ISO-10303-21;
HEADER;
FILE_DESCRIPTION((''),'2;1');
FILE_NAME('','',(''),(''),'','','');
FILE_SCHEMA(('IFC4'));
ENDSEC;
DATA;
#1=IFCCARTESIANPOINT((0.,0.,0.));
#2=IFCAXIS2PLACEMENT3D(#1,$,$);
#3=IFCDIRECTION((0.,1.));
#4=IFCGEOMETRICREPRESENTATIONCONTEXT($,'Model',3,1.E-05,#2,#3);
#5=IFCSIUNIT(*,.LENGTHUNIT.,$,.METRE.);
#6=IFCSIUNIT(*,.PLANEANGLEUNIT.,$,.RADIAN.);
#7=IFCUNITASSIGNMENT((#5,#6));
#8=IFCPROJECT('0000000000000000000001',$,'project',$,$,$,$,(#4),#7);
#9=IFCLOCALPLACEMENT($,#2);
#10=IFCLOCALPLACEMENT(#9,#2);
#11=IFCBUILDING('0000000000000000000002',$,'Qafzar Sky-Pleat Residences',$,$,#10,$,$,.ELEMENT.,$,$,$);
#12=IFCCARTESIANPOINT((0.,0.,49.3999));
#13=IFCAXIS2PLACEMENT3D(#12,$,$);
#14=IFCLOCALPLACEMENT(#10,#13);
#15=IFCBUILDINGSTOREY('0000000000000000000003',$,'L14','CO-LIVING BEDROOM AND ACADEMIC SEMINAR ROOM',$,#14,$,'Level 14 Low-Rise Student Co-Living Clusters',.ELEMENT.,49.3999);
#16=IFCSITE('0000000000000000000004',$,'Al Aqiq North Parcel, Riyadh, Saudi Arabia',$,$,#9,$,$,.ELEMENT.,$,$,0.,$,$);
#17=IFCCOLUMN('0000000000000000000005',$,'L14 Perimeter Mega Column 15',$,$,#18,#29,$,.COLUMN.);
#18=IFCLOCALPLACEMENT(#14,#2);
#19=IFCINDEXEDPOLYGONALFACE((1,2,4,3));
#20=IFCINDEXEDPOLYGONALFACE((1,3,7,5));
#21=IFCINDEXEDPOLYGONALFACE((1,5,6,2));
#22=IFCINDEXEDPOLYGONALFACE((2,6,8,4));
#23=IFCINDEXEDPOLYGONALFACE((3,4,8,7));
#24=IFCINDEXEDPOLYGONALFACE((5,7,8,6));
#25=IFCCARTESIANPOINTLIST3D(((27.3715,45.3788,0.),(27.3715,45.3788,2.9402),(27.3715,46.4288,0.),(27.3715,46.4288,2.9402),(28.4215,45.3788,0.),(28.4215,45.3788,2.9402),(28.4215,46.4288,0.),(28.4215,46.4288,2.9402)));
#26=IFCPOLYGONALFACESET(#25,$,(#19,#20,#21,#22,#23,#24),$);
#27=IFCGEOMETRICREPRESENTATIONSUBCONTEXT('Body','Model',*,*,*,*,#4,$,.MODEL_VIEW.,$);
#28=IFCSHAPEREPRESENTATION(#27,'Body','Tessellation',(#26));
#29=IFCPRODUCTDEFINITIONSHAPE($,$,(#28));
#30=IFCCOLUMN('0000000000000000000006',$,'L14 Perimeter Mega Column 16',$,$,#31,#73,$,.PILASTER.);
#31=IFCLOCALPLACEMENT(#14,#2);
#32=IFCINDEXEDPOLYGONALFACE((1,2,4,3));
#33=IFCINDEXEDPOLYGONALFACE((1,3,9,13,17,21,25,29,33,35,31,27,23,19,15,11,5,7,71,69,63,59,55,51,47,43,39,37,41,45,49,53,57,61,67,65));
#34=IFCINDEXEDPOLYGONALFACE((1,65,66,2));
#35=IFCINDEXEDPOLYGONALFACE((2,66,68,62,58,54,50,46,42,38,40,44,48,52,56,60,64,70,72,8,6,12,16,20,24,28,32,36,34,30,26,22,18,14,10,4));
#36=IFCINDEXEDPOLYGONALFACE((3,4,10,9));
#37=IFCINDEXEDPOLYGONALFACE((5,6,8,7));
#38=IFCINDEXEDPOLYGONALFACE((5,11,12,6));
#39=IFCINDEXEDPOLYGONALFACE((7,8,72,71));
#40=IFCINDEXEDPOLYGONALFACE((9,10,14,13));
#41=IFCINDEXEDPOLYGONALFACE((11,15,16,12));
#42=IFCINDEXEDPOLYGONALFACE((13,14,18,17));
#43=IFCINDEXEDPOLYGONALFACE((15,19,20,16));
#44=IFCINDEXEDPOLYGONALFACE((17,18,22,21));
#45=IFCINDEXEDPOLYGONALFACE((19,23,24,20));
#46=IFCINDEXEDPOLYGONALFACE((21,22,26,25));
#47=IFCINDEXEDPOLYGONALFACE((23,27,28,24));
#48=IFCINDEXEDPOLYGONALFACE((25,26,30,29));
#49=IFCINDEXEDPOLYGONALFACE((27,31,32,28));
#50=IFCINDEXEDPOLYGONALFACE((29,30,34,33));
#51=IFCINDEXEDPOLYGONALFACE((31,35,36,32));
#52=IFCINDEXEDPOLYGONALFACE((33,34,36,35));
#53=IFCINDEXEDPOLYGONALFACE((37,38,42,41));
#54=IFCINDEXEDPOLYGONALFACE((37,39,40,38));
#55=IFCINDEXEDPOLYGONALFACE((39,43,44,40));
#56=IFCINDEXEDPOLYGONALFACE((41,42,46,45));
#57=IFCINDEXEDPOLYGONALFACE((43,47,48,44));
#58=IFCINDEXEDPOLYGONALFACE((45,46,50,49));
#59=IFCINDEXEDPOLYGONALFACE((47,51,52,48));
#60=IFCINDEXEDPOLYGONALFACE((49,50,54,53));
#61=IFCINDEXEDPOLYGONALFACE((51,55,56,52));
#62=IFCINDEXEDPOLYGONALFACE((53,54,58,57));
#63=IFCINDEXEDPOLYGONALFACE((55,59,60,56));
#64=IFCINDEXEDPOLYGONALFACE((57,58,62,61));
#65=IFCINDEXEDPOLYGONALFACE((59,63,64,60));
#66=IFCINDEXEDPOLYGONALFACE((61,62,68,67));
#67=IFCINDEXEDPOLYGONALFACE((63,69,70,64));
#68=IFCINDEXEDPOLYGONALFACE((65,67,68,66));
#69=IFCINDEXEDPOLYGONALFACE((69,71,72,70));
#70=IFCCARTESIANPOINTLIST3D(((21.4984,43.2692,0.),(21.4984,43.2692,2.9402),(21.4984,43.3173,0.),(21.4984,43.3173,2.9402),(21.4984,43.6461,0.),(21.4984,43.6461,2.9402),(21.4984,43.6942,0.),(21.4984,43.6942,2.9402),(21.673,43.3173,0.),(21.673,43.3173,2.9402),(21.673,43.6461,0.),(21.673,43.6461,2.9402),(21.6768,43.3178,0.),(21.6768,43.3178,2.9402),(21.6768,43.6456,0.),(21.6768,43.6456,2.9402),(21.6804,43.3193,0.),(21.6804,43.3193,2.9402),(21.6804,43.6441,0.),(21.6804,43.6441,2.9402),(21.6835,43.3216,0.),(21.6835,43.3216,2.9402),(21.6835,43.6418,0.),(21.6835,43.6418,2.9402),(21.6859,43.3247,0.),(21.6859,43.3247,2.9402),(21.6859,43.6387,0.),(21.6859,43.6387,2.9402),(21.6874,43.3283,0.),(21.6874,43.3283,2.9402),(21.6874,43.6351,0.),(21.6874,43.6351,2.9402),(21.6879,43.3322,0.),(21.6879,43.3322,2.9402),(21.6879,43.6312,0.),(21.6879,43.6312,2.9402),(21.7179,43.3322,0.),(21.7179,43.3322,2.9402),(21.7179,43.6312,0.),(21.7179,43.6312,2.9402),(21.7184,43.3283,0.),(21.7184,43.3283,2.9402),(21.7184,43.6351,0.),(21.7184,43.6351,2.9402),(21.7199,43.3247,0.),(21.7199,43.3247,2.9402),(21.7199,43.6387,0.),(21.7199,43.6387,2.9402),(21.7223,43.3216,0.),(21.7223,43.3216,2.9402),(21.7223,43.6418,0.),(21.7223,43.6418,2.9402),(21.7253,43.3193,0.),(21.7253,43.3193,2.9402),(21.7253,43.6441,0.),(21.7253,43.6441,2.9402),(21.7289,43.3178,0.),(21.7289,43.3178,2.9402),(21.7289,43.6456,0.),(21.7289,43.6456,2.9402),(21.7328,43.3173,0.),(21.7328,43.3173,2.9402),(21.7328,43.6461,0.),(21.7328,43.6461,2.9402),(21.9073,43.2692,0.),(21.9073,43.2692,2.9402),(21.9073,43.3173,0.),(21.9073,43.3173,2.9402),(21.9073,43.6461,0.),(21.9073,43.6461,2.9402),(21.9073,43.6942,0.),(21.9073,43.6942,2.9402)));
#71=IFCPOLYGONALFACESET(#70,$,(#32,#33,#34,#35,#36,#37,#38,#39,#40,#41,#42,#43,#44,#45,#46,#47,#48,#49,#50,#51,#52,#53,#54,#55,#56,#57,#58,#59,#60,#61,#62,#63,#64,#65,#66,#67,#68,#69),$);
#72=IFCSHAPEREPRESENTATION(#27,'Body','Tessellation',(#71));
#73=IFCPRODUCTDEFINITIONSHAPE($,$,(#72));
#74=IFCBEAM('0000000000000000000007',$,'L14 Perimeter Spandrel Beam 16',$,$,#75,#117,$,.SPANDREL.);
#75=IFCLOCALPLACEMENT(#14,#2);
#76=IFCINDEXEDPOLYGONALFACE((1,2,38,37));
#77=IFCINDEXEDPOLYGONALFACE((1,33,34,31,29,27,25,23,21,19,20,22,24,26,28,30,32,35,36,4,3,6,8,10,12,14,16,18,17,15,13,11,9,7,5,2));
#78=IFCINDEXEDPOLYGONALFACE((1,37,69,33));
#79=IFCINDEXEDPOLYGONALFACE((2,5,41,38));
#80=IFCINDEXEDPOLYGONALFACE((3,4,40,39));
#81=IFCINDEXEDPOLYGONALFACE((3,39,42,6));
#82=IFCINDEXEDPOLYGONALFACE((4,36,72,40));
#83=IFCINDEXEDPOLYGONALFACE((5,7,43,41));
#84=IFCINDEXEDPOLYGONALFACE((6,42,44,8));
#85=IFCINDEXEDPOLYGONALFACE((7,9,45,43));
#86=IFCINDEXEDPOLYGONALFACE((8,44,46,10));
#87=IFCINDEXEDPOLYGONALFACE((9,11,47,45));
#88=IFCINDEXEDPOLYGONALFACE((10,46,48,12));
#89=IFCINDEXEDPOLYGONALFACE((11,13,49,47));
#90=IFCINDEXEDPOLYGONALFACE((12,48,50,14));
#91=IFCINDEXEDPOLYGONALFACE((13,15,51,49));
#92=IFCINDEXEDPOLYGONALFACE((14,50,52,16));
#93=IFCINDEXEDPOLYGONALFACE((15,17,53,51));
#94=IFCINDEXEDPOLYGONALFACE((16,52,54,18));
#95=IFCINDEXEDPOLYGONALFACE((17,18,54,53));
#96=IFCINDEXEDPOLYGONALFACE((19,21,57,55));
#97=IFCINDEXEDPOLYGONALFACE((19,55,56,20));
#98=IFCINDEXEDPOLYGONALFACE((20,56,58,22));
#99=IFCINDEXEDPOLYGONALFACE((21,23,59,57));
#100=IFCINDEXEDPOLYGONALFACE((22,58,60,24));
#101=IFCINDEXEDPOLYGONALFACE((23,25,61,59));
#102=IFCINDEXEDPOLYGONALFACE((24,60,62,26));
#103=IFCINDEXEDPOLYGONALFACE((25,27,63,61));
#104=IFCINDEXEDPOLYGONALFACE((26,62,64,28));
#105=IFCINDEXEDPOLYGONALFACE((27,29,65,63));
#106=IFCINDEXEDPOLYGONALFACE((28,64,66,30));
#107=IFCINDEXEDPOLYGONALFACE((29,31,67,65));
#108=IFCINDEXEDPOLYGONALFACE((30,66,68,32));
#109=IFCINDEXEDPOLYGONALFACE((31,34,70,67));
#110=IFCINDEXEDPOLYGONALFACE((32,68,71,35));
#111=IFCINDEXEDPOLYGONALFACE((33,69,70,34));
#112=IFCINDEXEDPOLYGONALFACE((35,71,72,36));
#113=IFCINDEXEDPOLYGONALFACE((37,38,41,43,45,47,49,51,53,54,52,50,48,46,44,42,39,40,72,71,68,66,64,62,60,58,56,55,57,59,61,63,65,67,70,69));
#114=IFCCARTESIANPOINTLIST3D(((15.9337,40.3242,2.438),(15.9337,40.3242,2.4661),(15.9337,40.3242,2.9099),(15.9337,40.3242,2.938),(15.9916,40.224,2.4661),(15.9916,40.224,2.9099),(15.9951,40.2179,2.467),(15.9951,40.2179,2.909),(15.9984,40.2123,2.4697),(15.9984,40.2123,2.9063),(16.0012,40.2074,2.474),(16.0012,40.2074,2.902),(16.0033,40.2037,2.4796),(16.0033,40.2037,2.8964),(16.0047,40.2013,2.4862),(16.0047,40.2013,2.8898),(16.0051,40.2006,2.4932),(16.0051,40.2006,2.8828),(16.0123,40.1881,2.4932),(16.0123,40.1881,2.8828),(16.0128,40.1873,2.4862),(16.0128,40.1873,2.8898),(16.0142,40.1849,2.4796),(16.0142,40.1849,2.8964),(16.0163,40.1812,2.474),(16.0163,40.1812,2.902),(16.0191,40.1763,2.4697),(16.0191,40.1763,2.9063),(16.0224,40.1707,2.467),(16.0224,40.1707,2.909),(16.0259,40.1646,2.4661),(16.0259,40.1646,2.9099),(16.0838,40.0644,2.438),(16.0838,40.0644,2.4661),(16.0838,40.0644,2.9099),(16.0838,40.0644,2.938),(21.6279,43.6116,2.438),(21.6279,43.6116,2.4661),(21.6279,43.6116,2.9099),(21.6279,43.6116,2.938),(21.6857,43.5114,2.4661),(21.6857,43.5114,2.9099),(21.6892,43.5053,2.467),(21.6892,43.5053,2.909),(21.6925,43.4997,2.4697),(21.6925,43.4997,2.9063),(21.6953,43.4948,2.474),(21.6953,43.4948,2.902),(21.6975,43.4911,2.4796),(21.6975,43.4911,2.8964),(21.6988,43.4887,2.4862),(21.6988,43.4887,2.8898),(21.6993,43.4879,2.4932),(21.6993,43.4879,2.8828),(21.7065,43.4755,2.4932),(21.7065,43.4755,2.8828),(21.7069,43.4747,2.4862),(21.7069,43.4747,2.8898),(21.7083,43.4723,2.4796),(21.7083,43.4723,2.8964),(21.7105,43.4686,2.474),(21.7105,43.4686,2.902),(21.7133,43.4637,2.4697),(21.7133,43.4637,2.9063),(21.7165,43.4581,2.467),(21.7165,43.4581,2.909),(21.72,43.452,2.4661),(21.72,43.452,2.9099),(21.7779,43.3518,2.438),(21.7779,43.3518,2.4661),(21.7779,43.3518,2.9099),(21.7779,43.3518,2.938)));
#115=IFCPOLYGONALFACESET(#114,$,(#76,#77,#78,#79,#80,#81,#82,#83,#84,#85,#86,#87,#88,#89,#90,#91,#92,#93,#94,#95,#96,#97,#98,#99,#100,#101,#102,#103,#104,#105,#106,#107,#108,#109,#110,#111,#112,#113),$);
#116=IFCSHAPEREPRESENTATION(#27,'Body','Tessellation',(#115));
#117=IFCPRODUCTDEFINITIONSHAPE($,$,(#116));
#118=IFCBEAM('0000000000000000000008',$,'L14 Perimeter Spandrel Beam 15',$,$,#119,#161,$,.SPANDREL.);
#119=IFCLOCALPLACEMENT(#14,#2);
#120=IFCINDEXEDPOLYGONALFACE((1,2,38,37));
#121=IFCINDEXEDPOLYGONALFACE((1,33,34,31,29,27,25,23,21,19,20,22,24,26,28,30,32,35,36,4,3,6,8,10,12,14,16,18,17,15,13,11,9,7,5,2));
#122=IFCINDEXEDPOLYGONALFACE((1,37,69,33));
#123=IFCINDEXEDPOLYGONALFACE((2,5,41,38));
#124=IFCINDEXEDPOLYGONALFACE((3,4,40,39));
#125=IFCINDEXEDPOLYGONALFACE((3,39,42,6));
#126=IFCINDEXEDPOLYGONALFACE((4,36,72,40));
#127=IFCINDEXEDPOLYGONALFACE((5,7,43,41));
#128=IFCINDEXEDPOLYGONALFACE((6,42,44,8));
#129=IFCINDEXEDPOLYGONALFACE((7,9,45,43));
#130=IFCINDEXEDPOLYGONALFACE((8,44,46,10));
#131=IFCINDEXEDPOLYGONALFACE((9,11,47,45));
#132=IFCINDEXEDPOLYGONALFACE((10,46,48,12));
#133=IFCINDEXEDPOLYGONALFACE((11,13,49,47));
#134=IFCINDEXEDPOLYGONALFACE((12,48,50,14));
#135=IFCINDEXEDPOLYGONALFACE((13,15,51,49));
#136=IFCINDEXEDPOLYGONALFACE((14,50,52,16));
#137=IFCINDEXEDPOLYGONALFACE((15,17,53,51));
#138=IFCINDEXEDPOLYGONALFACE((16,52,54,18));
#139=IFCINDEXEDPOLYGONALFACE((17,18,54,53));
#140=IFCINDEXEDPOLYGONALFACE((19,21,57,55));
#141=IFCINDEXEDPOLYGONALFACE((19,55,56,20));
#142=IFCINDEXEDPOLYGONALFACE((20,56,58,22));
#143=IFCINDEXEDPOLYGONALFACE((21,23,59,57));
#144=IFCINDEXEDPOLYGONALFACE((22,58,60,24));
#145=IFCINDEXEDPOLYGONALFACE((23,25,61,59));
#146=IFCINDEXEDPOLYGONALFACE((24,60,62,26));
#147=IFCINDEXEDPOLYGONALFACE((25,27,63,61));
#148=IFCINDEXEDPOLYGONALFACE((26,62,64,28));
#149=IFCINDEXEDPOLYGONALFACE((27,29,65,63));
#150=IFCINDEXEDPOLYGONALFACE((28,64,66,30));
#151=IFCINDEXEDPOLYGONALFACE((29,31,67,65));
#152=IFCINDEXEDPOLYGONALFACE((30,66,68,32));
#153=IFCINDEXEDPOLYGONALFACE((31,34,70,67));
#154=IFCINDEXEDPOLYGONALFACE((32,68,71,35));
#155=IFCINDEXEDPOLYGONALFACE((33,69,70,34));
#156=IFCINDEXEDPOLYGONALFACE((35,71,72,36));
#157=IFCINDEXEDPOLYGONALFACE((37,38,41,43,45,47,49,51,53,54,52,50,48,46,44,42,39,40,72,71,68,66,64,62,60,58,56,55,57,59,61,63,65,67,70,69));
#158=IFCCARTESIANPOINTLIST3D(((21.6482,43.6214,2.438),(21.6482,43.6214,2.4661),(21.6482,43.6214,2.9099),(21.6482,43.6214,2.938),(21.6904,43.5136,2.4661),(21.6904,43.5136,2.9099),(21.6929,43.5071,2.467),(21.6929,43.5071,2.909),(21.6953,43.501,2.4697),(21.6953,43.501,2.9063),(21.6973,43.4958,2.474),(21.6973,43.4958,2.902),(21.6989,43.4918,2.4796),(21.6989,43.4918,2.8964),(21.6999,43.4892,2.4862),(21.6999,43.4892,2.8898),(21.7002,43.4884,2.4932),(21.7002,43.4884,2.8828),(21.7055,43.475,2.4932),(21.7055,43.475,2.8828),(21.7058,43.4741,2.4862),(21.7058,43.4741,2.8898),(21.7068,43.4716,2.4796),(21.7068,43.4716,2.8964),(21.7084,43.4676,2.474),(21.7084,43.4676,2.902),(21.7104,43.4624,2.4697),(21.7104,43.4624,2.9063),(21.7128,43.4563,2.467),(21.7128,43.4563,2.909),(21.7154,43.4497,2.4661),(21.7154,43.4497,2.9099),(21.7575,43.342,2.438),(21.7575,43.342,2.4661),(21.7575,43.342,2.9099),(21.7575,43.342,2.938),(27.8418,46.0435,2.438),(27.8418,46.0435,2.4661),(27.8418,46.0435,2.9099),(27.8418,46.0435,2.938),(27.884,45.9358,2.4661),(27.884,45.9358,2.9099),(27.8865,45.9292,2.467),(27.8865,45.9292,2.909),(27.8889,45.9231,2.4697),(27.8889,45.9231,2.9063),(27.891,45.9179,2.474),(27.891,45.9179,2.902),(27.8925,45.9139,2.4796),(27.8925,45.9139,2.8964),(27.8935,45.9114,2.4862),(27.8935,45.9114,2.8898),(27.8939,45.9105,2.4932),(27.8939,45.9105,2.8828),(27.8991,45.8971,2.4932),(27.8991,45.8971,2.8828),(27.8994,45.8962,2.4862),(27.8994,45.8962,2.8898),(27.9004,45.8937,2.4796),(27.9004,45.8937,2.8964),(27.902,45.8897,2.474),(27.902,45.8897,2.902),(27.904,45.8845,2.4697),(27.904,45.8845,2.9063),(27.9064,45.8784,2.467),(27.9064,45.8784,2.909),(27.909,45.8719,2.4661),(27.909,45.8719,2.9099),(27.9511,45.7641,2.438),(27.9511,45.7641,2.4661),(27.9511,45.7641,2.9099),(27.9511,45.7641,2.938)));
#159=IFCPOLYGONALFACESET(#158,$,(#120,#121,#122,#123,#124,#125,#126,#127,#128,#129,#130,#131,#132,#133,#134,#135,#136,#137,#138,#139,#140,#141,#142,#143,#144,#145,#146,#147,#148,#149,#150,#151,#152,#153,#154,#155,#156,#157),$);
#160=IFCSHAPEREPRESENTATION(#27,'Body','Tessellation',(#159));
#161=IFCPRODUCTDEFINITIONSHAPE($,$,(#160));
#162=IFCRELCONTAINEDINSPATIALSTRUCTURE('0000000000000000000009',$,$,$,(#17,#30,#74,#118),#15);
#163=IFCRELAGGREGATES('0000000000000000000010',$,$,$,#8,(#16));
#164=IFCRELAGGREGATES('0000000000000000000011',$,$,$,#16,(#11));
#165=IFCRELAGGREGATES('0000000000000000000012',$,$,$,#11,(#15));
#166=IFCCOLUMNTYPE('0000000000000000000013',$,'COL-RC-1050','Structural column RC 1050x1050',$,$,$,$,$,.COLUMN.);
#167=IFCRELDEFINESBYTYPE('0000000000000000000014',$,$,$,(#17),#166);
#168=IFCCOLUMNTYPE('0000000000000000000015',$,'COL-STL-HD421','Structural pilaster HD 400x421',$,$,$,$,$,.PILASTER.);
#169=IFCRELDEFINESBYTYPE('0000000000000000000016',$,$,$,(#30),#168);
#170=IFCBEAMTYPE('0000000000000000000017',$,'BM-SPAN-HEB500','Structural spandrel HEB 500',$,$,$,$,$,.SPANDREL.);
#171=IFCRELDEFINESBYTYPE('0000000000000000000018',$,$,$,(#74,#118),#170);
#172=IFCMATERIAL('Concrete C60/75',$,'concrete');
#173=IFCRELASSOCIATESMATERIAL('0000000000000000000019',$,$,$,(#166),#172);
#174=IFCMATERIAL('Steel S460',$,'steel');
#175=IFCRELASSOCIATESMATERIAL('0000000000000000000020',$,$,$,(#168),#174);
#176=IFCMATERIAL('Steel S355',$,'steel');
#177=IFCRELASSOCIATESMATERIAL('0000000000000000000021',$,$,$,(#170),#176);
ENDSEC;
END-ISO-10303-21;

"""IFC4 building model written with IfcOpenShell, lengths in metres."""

from ifc_helpers import new_model, si_unit, direction, frame, origin, origin_2d, place, context, subcontext, project, spatial, rectangle, i_section, extrude, source, transform, mapped, material, material_profile, profile_set, type_object, element, save


model = new_model("IFC4")

# Units and contexts
model_context = context("Model", 3, precision=1e-05, world=origin(), true_north=direction((0.0, 1.0)))
body_context = subcontext(model_context, "Body", "Model", "MODEL_VIEW")
ifc_project = project(units=[si_unit("LENGTHUNIT", "METRE"), si_unit("PLANEANGLEUNIT", "RADIAN")], contexts=[model_context])

# Site, building, storey
site_placement = place(None, origin())
site = spatial("IfcSite", under=ifc_project, at=site_placement, Name="Al Aqiq North Parcel, Riyadh, Saudi Arabia", CompositionType="ELEMENT", RefElevation=0.0)
building_placement = place(site_placement, origin())
building = spatial("IfcBuilding", under=site, at=building_placement, Name="Qafzar Sky-Pleat Residences", CompositionType="ELEMENT")
storey_placement = place(building_placement, frame((0.0, 0.0, 49.3999)))
storey = spatial("IfcBuildingStorey", under=building, at=storey_placement, Name="L14", Description="CO-LIVING BEDROOM AND ACADEMIC SEMINAR ROOM", LongName="Level 14 Low-Rise Student Co-Living Clusters", CompositionType="ELEMENT", Elevation=49.3999)

# Columns
ifc_material_1 = material(Name="Concrete C60/75", Category="concrete")
ifc_material_profile_1 = material_profile(ifc_material_1, rectangle(XDim=1.05, YDim=1.05, at=origin_2d()), Name="RC 1050x1050")
ifc_profile_set_1 = profile_set([ifc_material_profile_1], Name="Concrete C60/75")
column_type_1 = type_object("IfcColumnType", Name="COL-RC-1050", Description="Structural column RC 1050x1050", PredefinedType="COLUMN", material=ifc_profile_set_1)
shared_shape_1 = source(origin(), body_context, "Body", "SweptSolid", [
    extrude(rectangle(XDim=1.05, YDim=1.05, at=origin_2d()), origin(), (0.0, 0.0, 1.0), 2.9402),
])
column_1_placement = place(storey_placement, frame((27.8965, 45.9038, 0.0), z_axis=(0.0, 0.0, 1.0), x_axis=(1.0, 0.0, 0.0)))
element("IfcColumn", 1, at=column_1_placement, inside=storey, type_object=column_type_1, Name="L14 Perimeter Mega Column 15", PredefinedType="COLUMN", context=body_context, shape_type="MappedRepresentation", body=[
    mapped(shared_shape_1, transform((0.0, 0.0, 0.0), x_axis=(1.0, 0.0, 0.0), y_axis=(0.0, 1.0, 0.0), z_axis=(0.0, 0.0, 1.0), scale=1.0)),
])
ifc_material_2 = material(Name="Steel S460", Category="steel")
ifc_material_profile_2 = material_profile(ifc_material_2, i_section(OverallWidth=0.4089, OverallDepth=0.425, WebThickness=0.03, FlangeThickness=0.0481, FilletRadius=0.0149, at=origin_2d()), Name="HD 400x421")
ifc_profile_set_2 = profile_set([ifc_material_profile_2], Name="Steel S460")
column_type_2 = type_object("IfcColumnType", Name="COL-STL-HD421", Description="Structural pilaster HD 400x421", PredefinedType="PILASTER", material=ifc_profile_set_2)
shared_shape_2 = source(origin(), body_context, "Body", "SweptSolid", [
    extrude(i_section(OverallWidth=0.4089, OverallDepth=0.425, WebThickness=0.03, FlangeThickness=0.0481, FilletRadius=0.0149, at=origin_2d()), origin(), (0.0, 0.0, 1.0), 2.9402),
])
column_2_placement = place(storey_placement, frame((21.7029, 43.4817, 0.0), z_axis=(0.0, 0.0, 1.0), x_axis=(1.0, 0.0, 0.0)))
element("IfcColumn", 2, at=column_2_placement, inside=storey, type_object=column_type_2, Name="L14 Perimeter Mega Column 16", PredefinedType="PILASTER", context=body_context, shape_type="MappedRepresentation", body=[
    mapped(shared_shape_2, transform((0.0, 0.0, 0.0), x_axis=(1.0, 0.0, 0.0), y_axis=(0.0, 1.0, 0.0), z_axis=(0.0, 0.0, 1.0), scale=1.0)),
])

# Beams
ifc_material_3 = material(Name="Steel S355", Category="steel")
ifc_material_profile_3 = material_profile(ifc_material_3, i_section(OverallWidth=0.3, OverallDepth=0.5, WebThickness=0.0144, FlangeThickness=0.0281, FilletRadius=0.0271, at=origin_2d()), Name="HEB 500")
ifc_profile_set_3 = profile_set([ifc_material_profile_3], Name="Steel S355")
beam_type_1 = type_object("IfcBeamType", Name="BM-SPAN-HEB500", Description="Structural spandrel HEB 500", PredefinedType="SPANDREL", material=ifc_profile_set_3)
shared_shape_3 = source(origin(), body_context, "Body", "SweptSolid", [
    extrude(i_section(OverallWidth=0.3, OverallDepth=0.5, WebThickness=0.0144, FlangeThickness=0.0281, FilletRadius=0.0271, at=origin_2d()), origin(), (0.0, 0.0, 1.0), 6.575),
])
beam_1_placement = place(storey_placement, frame((21.7029, 43.4817, 2.688), z_axis=(-0.866034, -0.499985, 0.0), x_axis=(0.499985, -0.866034, 0.0)))
element("IfcBeam", 3, at=beam_1_placement, inside=storey, type_object=beam_type_1, Name="L14 Perimeter Spandrel Beam 16", PredefinedType="SPANDREL", context=body_context, shape_type="MappedRepresentation", body=[
    mapped(shared_shape_3, transform((0.0, 0.0, 0.0), x_axis=(1.0, 0.0, 0.0), y_axis=(0.0, 1.0, 0.0), z_axis=(0.0, 0.0, 1.0), scale=1.0)),
])
shared_shape_4 = source(origin(), body_context, "Body", "SweptSolid", [
    extrude(i_section(OverallWidth=0.3, OverallDepth=0.5, WebThickness=0.0144, FlangeThickness=0.0281, FilletRadius=0.0271, at=origin_2d()), origin(), (0.0, 0.0, 1.0), 6.6504),
])
beam_2_placement = place(storey_placement, frame((27.8965, 45.9038, 2.688), z_axis=(-0.931318, -0.364208, 0.0), x_axis=(0.364208, -0.931318, 0.0)))
element("IfcBeam", 4, at=beam_2_placement, inside=storey, type_object=beam_type_1, Name="L14 Perimeter Spandrel Beam 15", PredefinedType="SPANDREL", context=body_context, shape_type="MappedRepresentation", body=[
    mapped(shared_shape_4, transform((0.0, 0.0, 0.0), x_axis=(1.0, 0.0, 0.0), y_axis=(0.0, 1.0, 0.0), z_axis=(0.0, 0.0, 1.0), scale=1.0)),
])

save(model, "model.ifc")
